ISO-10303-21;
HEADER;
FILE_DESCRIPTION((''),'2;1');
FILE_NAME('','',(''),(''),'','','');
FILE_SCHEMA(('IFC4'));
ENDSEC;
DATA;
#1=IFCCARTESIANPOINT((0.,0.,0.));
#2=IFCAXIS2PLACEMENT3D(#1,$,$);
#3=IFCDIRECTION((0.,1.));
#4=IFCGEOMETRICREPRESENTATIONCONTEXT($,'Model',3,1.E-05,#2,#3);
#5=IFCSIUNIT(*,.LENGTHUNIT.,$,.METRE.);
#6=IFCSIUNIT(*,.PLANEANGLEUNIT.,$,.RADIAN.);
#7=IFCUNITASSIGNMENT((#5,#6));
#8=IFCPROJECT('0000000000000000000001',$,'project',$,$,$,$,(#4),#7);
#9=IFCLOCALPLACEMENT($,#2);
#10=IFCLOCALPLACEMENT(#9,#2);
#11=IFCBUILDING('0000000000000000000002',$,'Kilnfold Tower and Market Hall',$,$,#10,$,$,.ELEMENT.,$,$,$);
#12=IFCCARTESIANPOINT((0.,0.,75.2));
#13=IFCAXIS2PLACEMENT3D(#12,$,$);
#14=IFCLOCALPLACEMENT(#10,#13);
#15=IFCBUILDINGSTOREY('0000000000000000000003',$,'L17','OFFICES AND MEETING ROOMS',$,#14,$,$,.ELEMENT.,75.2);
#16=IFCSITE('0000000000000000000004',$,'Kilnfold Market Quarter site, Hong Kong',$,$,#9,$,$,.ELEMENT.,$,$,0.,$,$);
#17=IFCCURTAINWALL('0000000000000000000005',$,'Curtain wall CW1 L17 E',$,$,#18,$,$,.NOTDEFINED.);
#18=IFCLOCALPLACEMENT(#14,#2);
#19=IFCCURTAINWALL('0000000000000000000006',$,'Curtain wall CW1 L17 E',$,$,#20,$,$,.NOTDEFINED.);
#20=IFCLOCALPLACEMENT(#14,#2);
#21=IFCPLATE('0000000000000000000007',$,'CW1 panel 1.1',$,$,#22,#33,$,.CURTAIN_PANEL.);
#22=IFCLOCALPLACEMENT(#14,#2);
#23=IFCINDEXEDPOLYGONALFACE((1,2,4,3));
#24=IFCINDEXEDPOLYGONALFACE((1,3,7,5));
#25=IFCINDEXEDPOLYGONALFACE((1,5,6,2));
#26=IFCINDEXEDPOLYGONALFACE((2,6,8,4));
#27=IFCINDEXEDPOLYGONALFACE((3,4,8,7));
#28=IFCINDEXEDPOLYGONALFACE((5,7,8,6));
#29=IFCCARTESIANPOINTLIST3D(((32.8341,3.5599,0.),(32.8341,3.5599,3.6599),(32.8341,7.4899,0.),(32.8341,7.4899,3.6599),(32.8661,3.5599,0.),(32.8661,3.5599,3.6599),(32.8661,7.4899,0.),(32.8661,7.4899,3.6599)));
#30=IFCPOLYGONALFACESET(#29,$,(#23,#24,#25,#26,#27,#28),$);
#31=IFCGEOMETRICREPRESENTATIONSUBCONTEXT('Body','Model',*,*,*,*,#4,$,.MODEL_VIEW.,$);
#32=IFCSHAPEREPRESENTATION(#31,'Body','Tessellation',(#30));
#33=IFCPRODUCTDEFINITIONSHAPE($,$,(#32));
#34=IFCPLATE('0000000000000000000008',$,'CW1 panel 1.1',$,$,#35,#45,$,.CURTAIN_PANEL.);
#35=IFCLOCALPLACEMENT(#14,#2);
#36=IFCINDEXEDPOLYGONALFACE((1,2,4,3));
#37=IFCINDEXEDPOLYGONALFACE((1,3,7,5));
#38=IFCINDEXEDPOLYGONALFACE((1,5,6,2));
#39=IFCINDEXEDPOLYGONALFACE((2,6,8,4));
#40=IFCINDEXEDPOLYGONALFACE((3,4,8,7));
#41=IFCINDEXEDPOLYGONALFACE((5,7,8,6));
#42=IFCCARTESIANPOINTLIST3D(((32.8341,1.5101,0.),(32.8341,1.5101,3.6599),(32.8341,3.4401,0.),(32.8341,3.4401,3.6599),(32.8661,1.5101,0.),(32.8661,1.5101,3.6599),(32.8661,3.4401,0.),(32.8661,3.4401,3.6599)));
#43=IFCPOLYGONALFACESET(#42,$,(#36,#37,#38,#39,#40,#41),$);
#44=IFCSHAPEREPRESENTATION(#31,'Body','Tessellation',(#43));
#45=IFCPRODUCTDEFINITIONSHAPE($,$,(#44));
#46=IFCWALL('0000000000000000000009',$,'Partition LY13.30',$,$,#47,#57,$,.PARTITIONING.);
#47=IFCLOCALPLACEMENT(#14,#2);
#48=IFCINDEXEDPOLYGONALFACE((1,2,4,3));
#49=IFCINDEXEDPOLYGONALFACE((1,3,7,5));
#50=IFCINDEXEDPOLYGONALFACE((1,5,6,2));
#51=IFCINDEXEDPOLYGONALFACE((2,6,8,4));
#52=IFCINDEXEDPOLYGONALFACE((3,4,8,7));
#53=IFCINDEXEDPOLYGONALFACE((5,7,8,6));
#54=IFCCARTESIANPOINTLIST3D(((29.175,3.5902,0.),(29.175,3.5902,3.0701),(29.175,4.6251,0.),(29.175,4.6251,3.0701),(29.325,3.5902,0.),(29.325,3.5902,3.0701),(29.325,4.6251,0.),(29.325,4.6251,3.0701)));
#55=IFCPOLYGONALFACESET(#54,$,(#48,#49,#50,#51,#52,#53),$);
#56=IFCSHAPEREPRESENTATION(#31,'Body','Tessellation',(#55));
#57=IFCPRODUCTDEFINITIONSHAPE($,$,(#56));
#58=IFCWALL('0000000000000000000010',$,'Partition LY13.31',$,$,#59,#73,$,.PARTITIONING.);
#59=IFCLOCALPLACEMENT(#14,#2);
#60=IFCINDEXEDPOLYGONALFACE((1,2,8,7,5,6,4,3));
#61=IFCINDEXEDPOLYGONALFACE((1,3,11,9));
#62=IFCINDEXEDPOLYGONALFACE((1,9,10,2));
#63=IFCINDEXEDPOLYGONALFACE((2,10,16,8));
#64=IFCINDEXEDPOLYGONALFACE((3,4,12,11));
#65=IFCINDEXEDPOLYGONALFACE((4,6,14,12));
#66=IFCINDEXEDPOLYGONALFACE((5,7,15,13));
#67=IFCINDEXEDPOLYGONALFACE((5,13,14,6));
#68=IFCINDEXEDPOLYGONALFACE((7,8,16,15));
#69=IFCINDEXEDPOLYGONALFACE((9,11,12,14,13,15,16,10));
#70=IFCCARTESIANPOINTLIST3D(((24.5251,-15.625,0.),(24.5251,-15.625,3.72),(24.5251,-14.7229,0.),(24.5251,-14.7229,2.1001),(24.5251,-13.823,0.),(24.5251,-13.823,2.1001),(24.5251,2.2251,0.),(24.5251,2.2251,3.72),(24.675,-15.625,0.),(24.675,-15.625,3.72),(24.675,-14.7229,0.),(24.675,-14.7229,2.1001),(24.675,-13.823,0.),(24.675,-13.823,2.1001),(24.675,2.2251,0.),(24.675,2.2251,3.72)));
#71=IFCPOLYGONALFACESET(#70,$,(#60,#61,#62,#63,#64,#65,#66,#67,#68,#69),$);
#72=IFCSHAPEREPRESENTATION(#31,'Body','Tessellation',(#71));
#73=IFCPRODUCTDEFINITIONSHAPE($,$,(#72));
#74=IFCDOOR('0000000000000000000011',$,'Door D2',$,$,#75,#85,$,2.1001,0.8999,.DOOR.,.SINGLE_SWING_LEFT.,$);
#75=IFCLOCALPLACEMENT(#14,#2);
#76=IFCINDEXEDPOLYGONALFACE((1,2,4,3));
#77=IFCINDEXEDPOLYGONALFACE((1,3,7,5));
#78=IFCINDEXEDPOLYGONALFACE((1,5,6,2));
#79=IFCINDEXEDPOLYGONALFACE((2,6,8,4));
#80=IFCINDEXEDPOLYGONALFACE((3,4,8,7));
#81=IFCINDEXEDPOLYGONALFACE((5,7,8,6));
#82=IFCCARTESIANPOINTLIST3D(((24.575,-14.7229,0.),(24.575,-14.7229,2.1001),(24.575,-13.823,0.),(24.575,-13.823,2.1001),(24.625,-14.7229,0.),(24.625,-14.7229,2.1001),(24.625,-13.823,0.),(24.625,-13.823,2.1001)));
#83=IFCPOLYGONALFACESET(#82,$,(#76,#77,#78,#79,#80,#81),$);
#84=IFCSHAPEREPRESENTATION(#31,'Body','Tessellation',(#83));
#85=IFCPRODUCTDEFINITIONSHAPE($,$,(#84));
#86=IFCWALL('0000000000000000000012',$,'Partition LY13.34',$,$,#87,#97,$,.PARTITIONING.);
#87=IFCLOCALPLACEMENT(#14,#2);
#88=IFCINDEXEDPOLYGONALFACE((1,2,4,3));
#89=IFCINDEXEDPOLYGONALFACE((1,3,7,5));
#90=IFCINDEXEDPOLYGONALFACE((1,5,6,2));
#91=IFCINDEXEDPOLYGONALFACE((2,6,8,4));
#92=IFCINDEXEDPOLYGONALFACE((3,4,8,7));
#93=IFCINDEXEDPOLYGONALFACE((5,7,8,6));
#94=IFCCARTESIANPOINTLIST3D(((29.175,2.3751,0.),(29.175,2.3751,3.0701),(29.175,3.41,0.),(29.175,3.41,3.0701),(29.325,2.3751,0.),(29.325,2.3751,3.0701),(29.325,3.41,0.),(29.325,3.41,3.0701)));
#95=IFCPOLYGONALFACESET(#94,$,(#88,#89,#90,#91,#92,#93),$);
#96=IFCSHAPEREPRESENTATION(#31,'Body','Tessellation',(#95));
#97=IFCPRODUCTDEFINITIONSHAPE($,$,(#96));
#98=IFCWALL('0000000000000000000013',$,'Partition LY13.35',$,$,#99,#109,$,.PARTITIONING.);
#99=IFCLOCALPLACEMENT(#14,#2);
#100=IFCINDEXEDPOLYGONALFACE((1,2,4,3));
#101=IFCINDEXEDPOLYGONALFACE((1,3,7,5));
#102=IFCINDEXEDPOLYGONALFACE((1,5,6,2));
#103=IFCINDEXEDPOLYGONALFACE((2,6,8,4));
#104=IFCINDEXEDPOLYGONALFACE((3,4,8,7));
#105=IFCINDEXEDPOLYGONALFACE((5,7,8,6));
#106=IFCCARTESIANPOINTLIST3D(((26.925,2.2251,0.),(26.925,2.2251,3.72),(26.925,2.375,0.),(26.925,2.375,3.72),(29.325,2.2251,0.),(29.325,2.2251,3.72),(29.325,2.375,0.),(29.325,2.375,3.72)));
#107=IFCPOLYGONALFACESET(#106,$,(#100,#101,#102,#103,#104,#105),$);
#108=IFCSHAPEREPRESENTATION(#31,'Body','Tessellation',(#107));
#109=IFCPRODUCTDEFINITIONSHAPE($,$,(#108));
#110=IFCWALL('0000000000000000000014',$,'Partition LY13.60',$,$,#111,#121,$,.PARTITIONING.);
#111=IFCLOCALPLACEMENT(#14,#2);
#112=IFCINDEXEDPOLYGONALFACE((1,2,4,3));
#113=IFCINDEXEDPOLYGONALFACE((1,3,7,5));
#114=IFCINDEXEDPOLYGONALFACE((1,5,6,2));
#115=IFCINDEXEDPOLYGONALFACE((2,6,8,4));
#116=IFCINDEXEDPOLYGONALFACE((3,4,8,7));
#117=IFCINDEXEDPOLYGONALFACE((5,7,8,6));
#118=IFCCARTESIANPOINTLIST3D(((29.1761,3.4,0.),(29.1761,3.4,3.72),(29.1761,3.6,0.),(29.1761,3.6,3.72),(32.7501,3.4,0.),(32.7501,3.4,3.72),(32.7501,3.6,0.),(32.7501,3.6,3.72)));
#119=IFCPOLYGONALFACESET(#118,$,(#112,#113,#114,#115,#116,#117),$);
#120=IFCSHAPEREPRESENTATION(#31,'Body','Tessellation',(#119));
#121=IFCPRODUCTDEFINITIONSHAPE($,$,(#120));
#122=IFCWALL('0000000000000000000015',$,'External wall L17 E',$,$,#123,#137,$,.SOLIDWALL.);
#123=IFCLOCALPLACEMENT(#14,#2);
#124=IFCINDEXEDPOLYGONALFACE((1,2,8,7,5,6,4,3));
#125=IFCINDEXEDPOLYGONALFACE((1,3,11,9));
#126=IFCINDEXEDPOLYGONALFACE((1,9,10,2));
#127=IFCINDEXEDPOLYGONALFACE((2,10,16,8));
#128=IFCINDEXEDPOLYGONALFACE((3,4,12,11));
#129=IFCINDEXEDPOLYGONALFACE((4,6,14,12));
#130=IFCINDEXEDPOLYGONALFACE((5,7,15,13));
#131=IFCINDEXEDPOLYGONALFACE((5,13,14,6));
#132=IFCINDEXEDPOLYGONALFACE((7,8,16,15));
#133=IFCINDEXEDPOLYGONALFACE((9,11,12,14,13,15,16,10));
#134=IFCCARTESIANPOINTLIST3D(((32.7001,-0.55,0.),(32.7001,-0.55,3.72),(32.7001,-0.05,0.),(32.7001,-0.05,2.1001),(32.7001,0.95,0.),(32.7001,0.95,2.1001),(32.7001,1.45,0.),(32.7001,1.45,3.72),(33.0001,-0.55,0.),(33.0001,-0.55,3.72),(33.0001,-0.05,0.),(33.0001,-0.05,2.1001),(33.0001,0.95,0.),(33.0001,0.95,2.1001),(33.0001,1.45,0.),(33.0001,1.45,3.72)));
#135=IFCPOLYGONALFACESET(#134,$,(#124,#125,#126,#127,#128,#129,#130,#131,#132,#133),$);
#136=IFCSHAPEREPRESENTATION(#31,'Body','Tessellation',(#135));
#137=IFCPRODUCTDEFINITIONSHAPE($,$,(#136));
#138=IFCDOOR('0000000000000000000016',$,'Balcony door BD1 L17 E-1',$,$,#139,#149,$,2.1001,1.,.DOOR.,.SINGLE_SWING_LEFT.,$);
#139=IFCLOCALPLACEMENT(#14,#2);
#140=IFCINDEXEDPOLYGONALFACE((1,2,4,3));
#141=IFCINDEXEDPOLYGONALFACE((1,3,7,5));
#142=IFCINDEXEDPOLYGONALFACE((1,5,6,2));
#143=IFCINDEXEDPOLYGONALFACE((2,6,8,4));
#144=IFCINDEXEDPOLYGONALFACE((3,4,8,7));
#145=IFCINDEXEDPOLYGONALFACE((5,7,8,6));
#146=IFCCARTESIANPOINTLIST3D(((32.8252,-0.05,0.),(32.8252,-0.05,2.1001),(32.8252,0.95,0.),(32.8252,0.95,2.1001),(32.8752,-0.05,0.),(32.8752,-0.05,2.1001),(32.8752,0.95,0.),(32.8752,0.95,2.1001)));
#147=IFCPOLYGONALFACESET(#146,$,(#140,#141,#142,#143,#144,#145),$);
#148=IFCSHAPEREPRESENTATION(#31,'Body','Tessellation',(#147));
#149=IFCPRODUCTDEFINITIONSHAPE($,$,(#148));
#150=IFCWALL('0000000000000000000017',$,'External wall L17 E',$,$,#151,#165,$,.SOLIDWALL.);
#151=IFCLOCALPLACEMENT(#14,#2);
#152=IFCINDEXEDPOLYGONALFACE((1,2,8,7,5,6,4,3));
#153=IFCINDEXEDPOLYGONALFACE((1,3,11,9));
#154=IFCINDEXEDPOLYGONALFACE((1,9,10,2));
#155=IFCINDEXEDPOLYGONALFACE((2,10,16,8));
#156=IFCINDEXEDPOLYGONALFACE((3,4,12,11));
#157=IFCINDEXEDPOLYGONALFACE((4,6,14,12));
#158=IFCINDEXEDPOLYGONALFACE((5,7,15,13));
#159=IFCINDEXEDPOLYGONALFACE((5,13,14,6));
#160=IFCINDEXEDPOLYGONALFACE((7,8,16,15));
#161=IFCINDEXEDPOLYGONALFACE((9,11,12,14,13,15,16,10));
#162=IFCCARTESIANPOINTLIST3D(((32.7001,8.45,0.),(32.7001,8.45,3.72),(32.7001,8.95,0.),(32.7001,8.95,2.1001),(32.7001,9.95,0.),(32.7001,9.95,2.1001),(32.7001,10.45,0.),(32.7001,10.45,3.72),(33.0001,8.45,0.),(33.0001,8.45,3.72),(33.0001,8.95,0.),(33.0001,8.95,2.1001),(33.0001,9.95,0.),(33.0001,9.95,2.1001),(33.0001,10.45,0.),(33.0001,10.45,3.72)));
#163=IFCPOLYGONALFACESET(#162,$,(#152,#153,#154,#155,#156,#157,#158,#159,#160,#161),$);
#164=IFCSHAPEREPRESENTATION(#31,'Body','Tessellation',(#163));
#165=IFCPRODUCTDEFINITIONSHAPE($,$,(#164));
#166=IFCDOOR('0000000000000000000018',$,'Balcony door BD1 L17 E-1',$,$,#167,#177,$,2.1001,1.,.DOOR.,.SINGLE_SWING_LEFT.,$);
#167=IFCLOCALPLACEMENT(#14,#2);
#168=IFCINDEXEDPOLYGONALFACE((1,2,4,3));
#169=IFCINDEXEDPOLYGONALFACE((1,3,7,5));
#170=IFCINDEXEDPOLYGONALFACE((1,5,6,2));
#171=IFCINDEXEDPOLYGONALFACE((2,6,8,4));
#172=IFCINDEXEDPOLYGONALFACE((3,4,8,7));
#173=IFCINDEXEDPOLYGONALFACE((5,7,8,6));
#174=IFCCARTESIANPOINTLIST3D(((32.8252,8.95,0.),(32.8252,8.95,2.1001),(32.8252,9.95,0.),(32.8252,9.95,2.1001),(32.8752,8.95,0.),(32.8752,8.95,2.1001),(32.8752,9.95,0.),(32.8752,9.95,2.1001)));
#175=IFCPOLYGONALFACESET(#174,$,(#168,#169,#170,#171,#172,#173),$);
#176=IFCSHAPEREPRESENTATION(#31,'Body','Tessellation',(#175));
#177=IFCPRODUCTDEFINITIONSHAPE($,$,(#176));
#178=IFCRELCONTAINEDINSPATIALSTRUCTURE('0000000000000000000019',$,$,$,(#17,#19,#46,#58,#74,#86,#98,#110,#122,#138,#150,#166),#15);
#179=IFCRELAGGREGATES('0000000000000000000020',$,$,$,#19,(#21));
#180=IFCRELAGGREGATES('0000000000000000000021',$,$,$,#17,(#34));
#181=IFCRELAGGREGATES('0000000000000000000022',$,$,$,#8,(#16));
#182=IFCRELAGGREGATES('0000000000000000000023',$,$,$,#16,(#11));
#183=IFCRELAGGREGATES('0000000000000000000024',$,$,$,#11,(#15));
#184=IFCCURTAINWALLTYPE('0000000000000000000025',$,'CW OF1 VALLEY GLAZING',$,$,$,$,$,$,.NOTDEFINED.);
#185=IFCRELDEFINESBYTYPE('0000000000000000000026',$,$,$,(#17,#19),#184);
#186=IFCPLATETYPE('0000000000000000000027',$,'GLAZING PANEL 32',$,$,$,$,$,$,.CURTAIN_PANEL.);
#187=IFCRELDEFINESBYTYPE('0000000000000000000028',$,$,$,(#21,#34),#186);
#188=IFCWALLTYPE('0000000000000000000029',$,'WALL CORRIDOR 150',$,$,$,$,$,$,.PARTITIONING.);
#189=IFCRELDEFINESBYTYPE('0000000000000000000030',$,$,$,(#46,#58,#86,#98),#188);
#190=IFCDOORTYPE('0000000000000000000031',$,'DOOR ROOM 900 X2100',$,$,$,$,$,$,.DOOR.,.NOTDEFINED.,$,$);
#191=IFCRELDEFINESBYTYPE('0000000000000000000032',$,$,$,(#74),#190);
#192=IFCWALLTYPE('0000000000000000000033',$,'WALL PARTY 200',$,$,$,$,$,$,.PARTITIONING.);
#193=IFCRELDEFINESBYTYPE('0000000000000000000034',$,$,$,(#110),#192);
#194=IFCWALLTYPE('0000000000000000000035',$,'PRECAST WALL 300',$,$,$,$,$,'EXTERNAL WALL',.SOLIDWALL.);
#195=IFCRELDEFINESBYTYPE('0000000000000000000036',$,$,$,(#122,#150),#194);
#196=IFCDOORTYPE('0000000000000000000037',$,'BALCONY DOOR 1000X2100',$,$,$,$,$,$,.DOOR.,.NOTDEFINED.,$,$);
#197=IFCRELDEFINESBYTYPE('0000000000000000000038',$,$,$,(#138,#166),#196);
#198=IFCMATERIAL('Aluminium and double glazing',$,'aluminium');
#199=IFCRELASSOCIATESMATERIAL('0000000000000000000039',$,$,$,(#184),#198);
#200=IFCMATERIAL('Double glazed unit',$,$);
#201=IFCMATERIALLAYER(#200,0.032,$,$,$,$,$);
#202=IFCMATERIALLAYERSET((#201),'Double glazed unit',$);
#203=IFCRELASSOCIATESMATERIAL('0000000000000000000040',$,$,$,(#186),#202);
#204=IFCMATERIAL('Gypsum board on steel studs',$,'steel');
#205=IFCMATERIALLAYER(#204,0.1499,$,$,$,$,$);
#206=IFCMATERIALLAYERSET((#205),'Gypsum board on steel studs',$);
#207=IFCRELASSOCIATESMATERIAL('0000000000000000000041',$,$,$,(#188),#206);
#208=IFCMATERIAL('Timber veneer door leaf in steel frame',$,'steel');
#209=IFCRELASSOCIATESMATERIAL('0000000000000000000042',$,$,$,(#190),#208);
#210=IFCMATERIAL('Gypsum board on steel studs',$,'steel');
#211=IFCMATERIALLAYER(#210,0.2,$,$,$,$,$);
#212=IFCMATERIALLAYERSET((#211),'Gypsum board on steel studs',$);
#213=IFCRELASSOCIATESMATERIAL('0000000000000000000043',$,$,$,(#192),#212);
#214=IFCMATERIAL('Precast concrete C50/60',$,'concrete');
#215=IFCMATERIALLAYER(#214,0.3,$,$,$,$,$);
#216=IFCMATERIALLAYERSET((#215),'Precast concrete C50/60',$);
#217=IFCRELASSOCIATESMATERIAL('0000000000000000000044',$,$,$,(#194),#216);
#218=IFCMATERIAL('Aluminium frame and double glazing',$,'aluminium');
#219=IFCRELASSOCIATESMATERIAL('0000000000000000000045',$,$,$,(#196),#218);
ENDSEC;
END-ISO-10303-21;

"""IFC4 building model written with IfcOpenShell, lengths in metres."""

from ifc_helpers import new_model, si_unit, direction, frame, frame_2d, origin, origin_2d, place, context, subcontext, project, spatial, rectangle, extrude, source, transform, mapped, material, layer, layer_set, type_object, element, fill, aggregate, save


model = new_model("IFC4")

# Units and contexts
model_context = context("Model", 3, precision=1e-05, world=origin(), true_north=direction((0.0, 1.0)))
body_context = subcontext(model_context, "Body", "Model", "MODEL_VIEW")
ifc_project = project(units=[si_unit("LENGTHUNIT", "METRE"), si_unit("PLANEANGLEUNIT", "RADIAN")], contexts=[model_context])

# Site, building, storey
site_placement = place(None, origin())
site = spatial("IfcSite", under=ifc_project, at=site_placement, Name="Kilnfold Market Quarter site, Hong Kong", CompositionType="ELEMENT", RefElevation=0.0)
building_placement = place(site_placement, origin())
building = spatial("IfcBuilding", under=site, at=building_placement, Name="Kilnfold Tower and Market Hall", CompositionType="ELEMENT")
storey_placement = place(building_placement, frame((0.0, 0.0, 75.2)))
storey = spatial("IfcBuildingStorey", under=building, at=storey_placement, Name="L17", Description="OFFICES AND MEETING ROOMS", CompositionType="ELEMENT", Elevation=75.2)

# Curtain walls
ifc_material_1 = material(Name="Aluminium and double glazing", Category="aluminium")
curtain_wall_type = type_object("IfcCurtainWallType", Name="CW OF1 VALLEY GLAZING", PredefinedType="NOTDEFINED", material=ifc_material_1)
curtain_wall_1_placement = place(storey_placement, origin())
curtain_wall_1 = element("IfcCurtainWall", 1, at=curtain_wall_1_placement, inside=storey, type_object=curtain_wall_type, Name="Curtain wall CW1 L17 E", PredefinedType="NOTDEFINED")
curtain_wall_2_placement = place(storey_placement, origin())
curtain_wall_2 = element("IfcCurtainWall", 2, at=curtain_wall_2_placement, inside=storey, type_object=curtain_wall_type, Name="Curtain wall CW1 L17 E", PredefinedType="NOTDEFINED")

# Plates
ifc_material_2 = material(Name="Double glazed unit")
ifc_layer_1 = layer(ifc_material_2, 0.032)
ifc_layer_set_1 = layer_set([ifc_layer_1], Name="Double glazed unit")
plate_type = type_object("IfcPlateType", Name="GLAZING PANEL 32", PredefinedType="CURTAIN_PANEL", material=ifc_layer_set_1)
shared_shape_1 = source(origin(), body_context, "Body", "SweptSolid", [
    extrude(rectangle(XDim=3.9299, YDim=0.032, at=origin_2d()), origin(), (0.0, 0.0, 1.0), 3.6599),
])
plate_1_placement = place(storey_placement, frame((32.8501, 5.5249, 0.0), z_axis=(0.0, 0.0, 1.0), x_axis=(0.0, 1.0, 0.0)))
plate_1 = element("IfcPlate", 3, at=plate_1_placement, type_object=plate_type, Name="CW1 panel 1.1", PredefinedType="CURTAIN_PANEL", context=body_context, shape_type="MappedRepresentation", body=[
    mapped(shared_shape_1, transform((0.0, 0.0, 0.0))),
])
aggregate(curtain_wall_2, [plate_1])
shared_shape_2 = source(origin(), body_context, "Body", "SweptSolid", [
    extrude(rectangle(XDim=1.9299, YDim=0.032, at=origin_2d()), origin(), (0.0, 0.0, 1.0), 3.6599),
])
plate_2_placement = place(storey_placement, frame((32.8501, 2.4751, 0.0), z_axis=(0.0, 0.0, 1.0), x_axis=(0.0, 1.0, 0.0)))
plate_2 = element("IfcPlate", 4, at=plate_2_placement, type_object=plate_type, Name="CW1 panel 1.1", PredefinedType="CURTAIN_PANEL", context=body_context, shape_type="MappedRepresentation", body=[
    mapped(shared_shape_2, transform((0.0, 0.0, 0.0))),
])
aggregate(curtain_wall_1, [plate_2])

# Wall
ifc_material_3 = material(Name="Gypsum board on steel studs", Category="steel")
ifc_layer_2 = layer(ifc_material_3, 0.1499)
ifc_layer_set_2 = layer_set([ifc_layer_2], Name="Gypsum board on steel studs")
wall_type_1 = type_object("IfcWallType", Name="WALL CORRIDOR 150", PredefinedType="PARTITIONING", material=ifc_layer_set_2)
wall_1_placement = place(storey_placement, frame((29.25, 3.5901, 0.0), z_axis=(0.0, 0.0, 1.0), x_axis=(0.0, 1.0, 0.0)))
element("IfcWall", 5, at=wall_1_placement, inside=storey, type_object=wall_type_1, Name="Partition LY13.30", PredefinedType="PARTITIONING", context=body_context, shape_type="SweptSolid", body=[
    extrude(rectangle(XDim=1.0349, YDim=0.1499, at=frame_2d((0.5176, 0.0))), origin(), (0.0, 0.0, 1.0), 3.0701),
])

# Wall, opening, door
wall_2_placement = place(storey_placement, frame((24.6001, 2.2251, 0.0), z_axis=(0.0, 0.0, 1.0), x_axis=(0.0, -1.0, 0.0)))
wall_2 = element("IfcWall", 6, at=wall_2_placement, inside=storey, type_object=wall_type_1, Name="Partition LY13.31", PredefinedType="PARTITIONING", context=body_context, shape_type="SweptSolid", body=[
    extrude(rectangle(XDim=17.8501, YDim=0.1499, at=frame_2d((8.925, 0.0))), origin(), (0.0, 0.0, 1.0), 3.72),
])
opening_1_placement = place(wall_2_placement, frame((16.0481, 0.0, 0.0)))
opening_1 = element("IfcOpeningElement", 7, at=opening_1_placement, cuts=wall_2, PredefinedType="OPENING", context=body_context, shape_type="SweptSolid", body=[
    extrude(rectangle(XDim=0.8999, YDim=2.1001, at=frame_2d((0.45, 1.05))), frame((0.0, 0.085, 0.0), z_axis=(0.0, -1.0, 0.0), x_axis=(1.0, 0.0, 0.0)), (0.0, 0.0, 1.0), 0.1699),
])
ifc_material_4 = material(Name="Timber veneer door leaf in steel frame", Category="steel")
door_type_1 = type_object("IfcDoorType", Name="DOOR ROOM 900 X2100", OperationType="NOTDEFINED", PredefinedType="DOOR", material=ifc_material_4)
door_1_placement = place(opening_1_placement, origin())
door_1 = element("IfcDoor", 8, at=door_1_placement, inside=storey, type_object=door_type_1, Name="Door D2", OperationType="SINGLE_SWING_LEFT", OverallHeight=2.1001, OverallWidth=0.8999, PredefinedType="DOOR", context=body_context, shape_type="SweptSolid", body=[
    extrude(rectangle(XDim=0.8999, YDim=2.1001, at=frame_2d((0.45, 1.05))), frame((0.0, 0.0249, 0.0), z_axis=(0.0, -1.0, 0.0), x_axis=(1.0, 0.0, 0.0)), (0.0, 0.0, 1.0), 0.05),
])
fill(opening_1, door_1)

# Walls
wall_3_placement = place(storey_placement, frame((29.25, 2.375, 0.0), z_axis=(0.0, 0.0, 1.0), x_axis=(0.0, 1.0, 0.0)))
element("IfcWall", 9, at=wall_3_placement, inside=storey, type_object=wall_type_1, Name="Partition LY13.34", PredefinedType="PARTITIONING", context=body_context, shape_type="SweptSolid", body=[
    extrude(rectangle(XDim=1.0349, YDim=0.1499, at=frame_2d((0.5176, 0.0))), origin(), (0.0, 0.0, 1.0), 3.0701),
])
wall_4_placement = place(storey_placement, frame((26.925, 2.3, 0.0), z_axis=(0.0, 0.0, 1.0), x_axis=(1.0, 0.0, 0.0)))
element("IfcWall", 10, at=wall_4_placement, inside=storey, type_object=wall_type_1, Name="Partition LY13.35", PredefinedType="PARTITIONING", context=body_context, shape_type="SweptSolid", body=[
    extrude(rectangle(XDim=2.3999, YDim=0.1499, at=frame_2d((1.2, 0.0))), origin(), (0.0, 0.0, 1.0), 3.72),
])
ifc_material_5 = material(Name="Gypsum board on steel studs", Category="steel")
ifc_layer_3 = layer(ifc_material_5, 0.2)
ifc_layer_set_3 = layer_set([ifc_layer_3], Name="Gypsum board on steel studs")
wall_type_2 = type_object("IfcWallType", Name="WALL PARTY 200", PredefinedType="PARTITIONING", material=ifc_layer_set_3)
wall_5_placement = place(storey_placement, frame((29.176, 3.5, 0.0), z_axis=(0.0, 0.0, 1.0), x_axis=(1.0, 0.0, 0.0)))
element("IfcWall", 11, at=wall_5_placement, inside=storey, type_object=wall_type_2, Name="Partition LY13.60", PredefinedType="PARTITIONING", context=body_context, shape_type="SweptSolid", body=[
    extrude(rectangle(XDim=3.574, YDim=0.2, at=frame_2d((1.7871, 0.0))), origin(), (0.0, 0.0, 1.0), 3.72),
])

# Walls, openings, doors
ifc_material_6 = material(Name="Precast concrete C50/60", Category="concrete")
ifc_layer_4 = layer(ifc_material_6, 0.3)
ifc_layer_set_4 = layer_set([ifc_layer_4], Name="Precast concrete C50/60")
wall_type_3 = type_object("IfcWallType", Name="PRECAST WALL 300", ElementType="EXTERNAL WALL", PredefinedType="SOLIDWALL", material=ifc_layer_set_4)
shared_shape_3 = source(origin(), body_context, "Body", "SweptSolid", [
    extrude(rectangle(XDim=2.0, YDim=0.3, at=frame_2d((1.0, 0.0))), origin(), (0.0, 0.0, 1.0), 3.72),
])
wall_6_placement = place(storey_placement, frame((32.8501, -0.55, 0.0), z_axis=(0.0, 0.0, 1.0), x_axis=(0.0, 1.0, 0.0)))
wall_6 = element("IfcWall", 12, at=wall_6_placement, inside=storey, type_object=wall_type_3, Name="External wall L17 E", PredefinedType="SOLIDWALL", context=body_context, shape_type="MappedRepresentation", body=[
    mapped(shared_shape_3, transform((0.0, 0.0, 0.0))),
])
opening_2_placement = place(wall_6_placement, frame((0.5, 0.0, 0.0)))
opening_2 = element("IfcOpeningElement", 13, at=opening_2_placement, cuts=wall_6, PredefinedType="OPENING", context=body_context, shape_type="SweptSolid", body=[
    extrude(rectangle(XDim=1.0, YDim=2.1001, at=frame_2d((0.5, 1.05))), frame((0.0, 0.1602, 0.0), z_axis=(0.0, -1.0, 0.0), x_axis=(1.0, 0.0, 0.0)), (0.0, 0.0, 1.0), 0.3201),
])
ifc_material_7 = material(Name="Aluminium frame and double glazing", Category="aluminium")
door_type_2 = type_object("IfcDoorType", Name="BALCONY DOOR 1000X2100", OperationType="NOTDEFINED", PredefinedType="DOOR", material=ifc_material_7)
door_2_placement = place(opening_2_placement, origin())
door_2 = element("IfcDoor", 14, at=door_2_placement, inside=storey, type_object=door_type_2, Name="Balcony door BD1 L17 E-1", OperationType="SINGLE_SWING_LEFT", OverallHeight=2.1001, OverallWidth=1.0, PredefinedType="DOOR", context=body_context, shape_type="SweptSolid", body=[
    extrude(rectangle(XDim=1.0, YDim=2.1001, at=frame_2d((0.5, 1.05))), frame((0.0, 0.0249, 0.0), z_axis=(0.0, -1.0, 0.0), x_axis=(1.0, 0.0, 0.0)), (0.0, 0.0, 1.0), 0.05),
])
fill(opening_2, door_2)
wall_7_placement = place(storey_placement, frame((32.8501, 8.45, 0.0), z_axis=(0.0, 0.0, 1.0), x_axis=(0.0, 1.0, 0.0)))
wall_7 = element("IfcWall", 15, at=wall_7_placement, inside=storey, type_object=wall_type_3, Name="External wall L17 E", PredefinedType="SOLIDWALL", context=body_context, shape_type="MappedRepresentation", body=[
    mapped(shared_shape_3, transform((0.0, 0.0, 0.0))),
])
opening_3_placement = place(wall_7_placement, frame((0.5, 0.0, 0.0)))
opening_3 = element("IfcOpeningElement", 16, at=opening_3_placement, cuts=wall_7, PredefinedType="OPENING", context=body_context, shape_type="SweptSolid", body=[
    extrude(rectangle(XDim=1.0, YDim=2.1001, at=frame_2d((0.5, 1.05))), frame((0.0, 0.1602, 0.0), z_axis=(0.0, -1.0, 0.0), x_axis=(1.0, 0.0, 0.0)), (0.0, 0.0, 1.0), 0.3201),
])
door_3_placement = place(opening_3_placement, origin())
door_3 = element("IfcDoor", 17, at=door_3_placement, inside=storey, type_object=door_type_2, Name="Balcony door BD1 L17 E-1", OperationType="SINGLE_SWING_LEFT", OverallHeight=2.1001, OverallWidth=1.0, PredefinedType="DOOR", context=body_context, shape_type="SweptSolid", body=[
    extrude(rectangle(XDim=1.0, YDim=2.1001, at=frame_2d((0.5, 1.05))), frame((0.0, 0.0249, 0.0), z_axis=(0.0, -1.0, 0.0), x_axis=(1.0, 0.0, 0.0)), (0.0, 0.0, 1.0), 0.05),
])
fill(opening_3, door_3)

save(model, "model.ifc")
